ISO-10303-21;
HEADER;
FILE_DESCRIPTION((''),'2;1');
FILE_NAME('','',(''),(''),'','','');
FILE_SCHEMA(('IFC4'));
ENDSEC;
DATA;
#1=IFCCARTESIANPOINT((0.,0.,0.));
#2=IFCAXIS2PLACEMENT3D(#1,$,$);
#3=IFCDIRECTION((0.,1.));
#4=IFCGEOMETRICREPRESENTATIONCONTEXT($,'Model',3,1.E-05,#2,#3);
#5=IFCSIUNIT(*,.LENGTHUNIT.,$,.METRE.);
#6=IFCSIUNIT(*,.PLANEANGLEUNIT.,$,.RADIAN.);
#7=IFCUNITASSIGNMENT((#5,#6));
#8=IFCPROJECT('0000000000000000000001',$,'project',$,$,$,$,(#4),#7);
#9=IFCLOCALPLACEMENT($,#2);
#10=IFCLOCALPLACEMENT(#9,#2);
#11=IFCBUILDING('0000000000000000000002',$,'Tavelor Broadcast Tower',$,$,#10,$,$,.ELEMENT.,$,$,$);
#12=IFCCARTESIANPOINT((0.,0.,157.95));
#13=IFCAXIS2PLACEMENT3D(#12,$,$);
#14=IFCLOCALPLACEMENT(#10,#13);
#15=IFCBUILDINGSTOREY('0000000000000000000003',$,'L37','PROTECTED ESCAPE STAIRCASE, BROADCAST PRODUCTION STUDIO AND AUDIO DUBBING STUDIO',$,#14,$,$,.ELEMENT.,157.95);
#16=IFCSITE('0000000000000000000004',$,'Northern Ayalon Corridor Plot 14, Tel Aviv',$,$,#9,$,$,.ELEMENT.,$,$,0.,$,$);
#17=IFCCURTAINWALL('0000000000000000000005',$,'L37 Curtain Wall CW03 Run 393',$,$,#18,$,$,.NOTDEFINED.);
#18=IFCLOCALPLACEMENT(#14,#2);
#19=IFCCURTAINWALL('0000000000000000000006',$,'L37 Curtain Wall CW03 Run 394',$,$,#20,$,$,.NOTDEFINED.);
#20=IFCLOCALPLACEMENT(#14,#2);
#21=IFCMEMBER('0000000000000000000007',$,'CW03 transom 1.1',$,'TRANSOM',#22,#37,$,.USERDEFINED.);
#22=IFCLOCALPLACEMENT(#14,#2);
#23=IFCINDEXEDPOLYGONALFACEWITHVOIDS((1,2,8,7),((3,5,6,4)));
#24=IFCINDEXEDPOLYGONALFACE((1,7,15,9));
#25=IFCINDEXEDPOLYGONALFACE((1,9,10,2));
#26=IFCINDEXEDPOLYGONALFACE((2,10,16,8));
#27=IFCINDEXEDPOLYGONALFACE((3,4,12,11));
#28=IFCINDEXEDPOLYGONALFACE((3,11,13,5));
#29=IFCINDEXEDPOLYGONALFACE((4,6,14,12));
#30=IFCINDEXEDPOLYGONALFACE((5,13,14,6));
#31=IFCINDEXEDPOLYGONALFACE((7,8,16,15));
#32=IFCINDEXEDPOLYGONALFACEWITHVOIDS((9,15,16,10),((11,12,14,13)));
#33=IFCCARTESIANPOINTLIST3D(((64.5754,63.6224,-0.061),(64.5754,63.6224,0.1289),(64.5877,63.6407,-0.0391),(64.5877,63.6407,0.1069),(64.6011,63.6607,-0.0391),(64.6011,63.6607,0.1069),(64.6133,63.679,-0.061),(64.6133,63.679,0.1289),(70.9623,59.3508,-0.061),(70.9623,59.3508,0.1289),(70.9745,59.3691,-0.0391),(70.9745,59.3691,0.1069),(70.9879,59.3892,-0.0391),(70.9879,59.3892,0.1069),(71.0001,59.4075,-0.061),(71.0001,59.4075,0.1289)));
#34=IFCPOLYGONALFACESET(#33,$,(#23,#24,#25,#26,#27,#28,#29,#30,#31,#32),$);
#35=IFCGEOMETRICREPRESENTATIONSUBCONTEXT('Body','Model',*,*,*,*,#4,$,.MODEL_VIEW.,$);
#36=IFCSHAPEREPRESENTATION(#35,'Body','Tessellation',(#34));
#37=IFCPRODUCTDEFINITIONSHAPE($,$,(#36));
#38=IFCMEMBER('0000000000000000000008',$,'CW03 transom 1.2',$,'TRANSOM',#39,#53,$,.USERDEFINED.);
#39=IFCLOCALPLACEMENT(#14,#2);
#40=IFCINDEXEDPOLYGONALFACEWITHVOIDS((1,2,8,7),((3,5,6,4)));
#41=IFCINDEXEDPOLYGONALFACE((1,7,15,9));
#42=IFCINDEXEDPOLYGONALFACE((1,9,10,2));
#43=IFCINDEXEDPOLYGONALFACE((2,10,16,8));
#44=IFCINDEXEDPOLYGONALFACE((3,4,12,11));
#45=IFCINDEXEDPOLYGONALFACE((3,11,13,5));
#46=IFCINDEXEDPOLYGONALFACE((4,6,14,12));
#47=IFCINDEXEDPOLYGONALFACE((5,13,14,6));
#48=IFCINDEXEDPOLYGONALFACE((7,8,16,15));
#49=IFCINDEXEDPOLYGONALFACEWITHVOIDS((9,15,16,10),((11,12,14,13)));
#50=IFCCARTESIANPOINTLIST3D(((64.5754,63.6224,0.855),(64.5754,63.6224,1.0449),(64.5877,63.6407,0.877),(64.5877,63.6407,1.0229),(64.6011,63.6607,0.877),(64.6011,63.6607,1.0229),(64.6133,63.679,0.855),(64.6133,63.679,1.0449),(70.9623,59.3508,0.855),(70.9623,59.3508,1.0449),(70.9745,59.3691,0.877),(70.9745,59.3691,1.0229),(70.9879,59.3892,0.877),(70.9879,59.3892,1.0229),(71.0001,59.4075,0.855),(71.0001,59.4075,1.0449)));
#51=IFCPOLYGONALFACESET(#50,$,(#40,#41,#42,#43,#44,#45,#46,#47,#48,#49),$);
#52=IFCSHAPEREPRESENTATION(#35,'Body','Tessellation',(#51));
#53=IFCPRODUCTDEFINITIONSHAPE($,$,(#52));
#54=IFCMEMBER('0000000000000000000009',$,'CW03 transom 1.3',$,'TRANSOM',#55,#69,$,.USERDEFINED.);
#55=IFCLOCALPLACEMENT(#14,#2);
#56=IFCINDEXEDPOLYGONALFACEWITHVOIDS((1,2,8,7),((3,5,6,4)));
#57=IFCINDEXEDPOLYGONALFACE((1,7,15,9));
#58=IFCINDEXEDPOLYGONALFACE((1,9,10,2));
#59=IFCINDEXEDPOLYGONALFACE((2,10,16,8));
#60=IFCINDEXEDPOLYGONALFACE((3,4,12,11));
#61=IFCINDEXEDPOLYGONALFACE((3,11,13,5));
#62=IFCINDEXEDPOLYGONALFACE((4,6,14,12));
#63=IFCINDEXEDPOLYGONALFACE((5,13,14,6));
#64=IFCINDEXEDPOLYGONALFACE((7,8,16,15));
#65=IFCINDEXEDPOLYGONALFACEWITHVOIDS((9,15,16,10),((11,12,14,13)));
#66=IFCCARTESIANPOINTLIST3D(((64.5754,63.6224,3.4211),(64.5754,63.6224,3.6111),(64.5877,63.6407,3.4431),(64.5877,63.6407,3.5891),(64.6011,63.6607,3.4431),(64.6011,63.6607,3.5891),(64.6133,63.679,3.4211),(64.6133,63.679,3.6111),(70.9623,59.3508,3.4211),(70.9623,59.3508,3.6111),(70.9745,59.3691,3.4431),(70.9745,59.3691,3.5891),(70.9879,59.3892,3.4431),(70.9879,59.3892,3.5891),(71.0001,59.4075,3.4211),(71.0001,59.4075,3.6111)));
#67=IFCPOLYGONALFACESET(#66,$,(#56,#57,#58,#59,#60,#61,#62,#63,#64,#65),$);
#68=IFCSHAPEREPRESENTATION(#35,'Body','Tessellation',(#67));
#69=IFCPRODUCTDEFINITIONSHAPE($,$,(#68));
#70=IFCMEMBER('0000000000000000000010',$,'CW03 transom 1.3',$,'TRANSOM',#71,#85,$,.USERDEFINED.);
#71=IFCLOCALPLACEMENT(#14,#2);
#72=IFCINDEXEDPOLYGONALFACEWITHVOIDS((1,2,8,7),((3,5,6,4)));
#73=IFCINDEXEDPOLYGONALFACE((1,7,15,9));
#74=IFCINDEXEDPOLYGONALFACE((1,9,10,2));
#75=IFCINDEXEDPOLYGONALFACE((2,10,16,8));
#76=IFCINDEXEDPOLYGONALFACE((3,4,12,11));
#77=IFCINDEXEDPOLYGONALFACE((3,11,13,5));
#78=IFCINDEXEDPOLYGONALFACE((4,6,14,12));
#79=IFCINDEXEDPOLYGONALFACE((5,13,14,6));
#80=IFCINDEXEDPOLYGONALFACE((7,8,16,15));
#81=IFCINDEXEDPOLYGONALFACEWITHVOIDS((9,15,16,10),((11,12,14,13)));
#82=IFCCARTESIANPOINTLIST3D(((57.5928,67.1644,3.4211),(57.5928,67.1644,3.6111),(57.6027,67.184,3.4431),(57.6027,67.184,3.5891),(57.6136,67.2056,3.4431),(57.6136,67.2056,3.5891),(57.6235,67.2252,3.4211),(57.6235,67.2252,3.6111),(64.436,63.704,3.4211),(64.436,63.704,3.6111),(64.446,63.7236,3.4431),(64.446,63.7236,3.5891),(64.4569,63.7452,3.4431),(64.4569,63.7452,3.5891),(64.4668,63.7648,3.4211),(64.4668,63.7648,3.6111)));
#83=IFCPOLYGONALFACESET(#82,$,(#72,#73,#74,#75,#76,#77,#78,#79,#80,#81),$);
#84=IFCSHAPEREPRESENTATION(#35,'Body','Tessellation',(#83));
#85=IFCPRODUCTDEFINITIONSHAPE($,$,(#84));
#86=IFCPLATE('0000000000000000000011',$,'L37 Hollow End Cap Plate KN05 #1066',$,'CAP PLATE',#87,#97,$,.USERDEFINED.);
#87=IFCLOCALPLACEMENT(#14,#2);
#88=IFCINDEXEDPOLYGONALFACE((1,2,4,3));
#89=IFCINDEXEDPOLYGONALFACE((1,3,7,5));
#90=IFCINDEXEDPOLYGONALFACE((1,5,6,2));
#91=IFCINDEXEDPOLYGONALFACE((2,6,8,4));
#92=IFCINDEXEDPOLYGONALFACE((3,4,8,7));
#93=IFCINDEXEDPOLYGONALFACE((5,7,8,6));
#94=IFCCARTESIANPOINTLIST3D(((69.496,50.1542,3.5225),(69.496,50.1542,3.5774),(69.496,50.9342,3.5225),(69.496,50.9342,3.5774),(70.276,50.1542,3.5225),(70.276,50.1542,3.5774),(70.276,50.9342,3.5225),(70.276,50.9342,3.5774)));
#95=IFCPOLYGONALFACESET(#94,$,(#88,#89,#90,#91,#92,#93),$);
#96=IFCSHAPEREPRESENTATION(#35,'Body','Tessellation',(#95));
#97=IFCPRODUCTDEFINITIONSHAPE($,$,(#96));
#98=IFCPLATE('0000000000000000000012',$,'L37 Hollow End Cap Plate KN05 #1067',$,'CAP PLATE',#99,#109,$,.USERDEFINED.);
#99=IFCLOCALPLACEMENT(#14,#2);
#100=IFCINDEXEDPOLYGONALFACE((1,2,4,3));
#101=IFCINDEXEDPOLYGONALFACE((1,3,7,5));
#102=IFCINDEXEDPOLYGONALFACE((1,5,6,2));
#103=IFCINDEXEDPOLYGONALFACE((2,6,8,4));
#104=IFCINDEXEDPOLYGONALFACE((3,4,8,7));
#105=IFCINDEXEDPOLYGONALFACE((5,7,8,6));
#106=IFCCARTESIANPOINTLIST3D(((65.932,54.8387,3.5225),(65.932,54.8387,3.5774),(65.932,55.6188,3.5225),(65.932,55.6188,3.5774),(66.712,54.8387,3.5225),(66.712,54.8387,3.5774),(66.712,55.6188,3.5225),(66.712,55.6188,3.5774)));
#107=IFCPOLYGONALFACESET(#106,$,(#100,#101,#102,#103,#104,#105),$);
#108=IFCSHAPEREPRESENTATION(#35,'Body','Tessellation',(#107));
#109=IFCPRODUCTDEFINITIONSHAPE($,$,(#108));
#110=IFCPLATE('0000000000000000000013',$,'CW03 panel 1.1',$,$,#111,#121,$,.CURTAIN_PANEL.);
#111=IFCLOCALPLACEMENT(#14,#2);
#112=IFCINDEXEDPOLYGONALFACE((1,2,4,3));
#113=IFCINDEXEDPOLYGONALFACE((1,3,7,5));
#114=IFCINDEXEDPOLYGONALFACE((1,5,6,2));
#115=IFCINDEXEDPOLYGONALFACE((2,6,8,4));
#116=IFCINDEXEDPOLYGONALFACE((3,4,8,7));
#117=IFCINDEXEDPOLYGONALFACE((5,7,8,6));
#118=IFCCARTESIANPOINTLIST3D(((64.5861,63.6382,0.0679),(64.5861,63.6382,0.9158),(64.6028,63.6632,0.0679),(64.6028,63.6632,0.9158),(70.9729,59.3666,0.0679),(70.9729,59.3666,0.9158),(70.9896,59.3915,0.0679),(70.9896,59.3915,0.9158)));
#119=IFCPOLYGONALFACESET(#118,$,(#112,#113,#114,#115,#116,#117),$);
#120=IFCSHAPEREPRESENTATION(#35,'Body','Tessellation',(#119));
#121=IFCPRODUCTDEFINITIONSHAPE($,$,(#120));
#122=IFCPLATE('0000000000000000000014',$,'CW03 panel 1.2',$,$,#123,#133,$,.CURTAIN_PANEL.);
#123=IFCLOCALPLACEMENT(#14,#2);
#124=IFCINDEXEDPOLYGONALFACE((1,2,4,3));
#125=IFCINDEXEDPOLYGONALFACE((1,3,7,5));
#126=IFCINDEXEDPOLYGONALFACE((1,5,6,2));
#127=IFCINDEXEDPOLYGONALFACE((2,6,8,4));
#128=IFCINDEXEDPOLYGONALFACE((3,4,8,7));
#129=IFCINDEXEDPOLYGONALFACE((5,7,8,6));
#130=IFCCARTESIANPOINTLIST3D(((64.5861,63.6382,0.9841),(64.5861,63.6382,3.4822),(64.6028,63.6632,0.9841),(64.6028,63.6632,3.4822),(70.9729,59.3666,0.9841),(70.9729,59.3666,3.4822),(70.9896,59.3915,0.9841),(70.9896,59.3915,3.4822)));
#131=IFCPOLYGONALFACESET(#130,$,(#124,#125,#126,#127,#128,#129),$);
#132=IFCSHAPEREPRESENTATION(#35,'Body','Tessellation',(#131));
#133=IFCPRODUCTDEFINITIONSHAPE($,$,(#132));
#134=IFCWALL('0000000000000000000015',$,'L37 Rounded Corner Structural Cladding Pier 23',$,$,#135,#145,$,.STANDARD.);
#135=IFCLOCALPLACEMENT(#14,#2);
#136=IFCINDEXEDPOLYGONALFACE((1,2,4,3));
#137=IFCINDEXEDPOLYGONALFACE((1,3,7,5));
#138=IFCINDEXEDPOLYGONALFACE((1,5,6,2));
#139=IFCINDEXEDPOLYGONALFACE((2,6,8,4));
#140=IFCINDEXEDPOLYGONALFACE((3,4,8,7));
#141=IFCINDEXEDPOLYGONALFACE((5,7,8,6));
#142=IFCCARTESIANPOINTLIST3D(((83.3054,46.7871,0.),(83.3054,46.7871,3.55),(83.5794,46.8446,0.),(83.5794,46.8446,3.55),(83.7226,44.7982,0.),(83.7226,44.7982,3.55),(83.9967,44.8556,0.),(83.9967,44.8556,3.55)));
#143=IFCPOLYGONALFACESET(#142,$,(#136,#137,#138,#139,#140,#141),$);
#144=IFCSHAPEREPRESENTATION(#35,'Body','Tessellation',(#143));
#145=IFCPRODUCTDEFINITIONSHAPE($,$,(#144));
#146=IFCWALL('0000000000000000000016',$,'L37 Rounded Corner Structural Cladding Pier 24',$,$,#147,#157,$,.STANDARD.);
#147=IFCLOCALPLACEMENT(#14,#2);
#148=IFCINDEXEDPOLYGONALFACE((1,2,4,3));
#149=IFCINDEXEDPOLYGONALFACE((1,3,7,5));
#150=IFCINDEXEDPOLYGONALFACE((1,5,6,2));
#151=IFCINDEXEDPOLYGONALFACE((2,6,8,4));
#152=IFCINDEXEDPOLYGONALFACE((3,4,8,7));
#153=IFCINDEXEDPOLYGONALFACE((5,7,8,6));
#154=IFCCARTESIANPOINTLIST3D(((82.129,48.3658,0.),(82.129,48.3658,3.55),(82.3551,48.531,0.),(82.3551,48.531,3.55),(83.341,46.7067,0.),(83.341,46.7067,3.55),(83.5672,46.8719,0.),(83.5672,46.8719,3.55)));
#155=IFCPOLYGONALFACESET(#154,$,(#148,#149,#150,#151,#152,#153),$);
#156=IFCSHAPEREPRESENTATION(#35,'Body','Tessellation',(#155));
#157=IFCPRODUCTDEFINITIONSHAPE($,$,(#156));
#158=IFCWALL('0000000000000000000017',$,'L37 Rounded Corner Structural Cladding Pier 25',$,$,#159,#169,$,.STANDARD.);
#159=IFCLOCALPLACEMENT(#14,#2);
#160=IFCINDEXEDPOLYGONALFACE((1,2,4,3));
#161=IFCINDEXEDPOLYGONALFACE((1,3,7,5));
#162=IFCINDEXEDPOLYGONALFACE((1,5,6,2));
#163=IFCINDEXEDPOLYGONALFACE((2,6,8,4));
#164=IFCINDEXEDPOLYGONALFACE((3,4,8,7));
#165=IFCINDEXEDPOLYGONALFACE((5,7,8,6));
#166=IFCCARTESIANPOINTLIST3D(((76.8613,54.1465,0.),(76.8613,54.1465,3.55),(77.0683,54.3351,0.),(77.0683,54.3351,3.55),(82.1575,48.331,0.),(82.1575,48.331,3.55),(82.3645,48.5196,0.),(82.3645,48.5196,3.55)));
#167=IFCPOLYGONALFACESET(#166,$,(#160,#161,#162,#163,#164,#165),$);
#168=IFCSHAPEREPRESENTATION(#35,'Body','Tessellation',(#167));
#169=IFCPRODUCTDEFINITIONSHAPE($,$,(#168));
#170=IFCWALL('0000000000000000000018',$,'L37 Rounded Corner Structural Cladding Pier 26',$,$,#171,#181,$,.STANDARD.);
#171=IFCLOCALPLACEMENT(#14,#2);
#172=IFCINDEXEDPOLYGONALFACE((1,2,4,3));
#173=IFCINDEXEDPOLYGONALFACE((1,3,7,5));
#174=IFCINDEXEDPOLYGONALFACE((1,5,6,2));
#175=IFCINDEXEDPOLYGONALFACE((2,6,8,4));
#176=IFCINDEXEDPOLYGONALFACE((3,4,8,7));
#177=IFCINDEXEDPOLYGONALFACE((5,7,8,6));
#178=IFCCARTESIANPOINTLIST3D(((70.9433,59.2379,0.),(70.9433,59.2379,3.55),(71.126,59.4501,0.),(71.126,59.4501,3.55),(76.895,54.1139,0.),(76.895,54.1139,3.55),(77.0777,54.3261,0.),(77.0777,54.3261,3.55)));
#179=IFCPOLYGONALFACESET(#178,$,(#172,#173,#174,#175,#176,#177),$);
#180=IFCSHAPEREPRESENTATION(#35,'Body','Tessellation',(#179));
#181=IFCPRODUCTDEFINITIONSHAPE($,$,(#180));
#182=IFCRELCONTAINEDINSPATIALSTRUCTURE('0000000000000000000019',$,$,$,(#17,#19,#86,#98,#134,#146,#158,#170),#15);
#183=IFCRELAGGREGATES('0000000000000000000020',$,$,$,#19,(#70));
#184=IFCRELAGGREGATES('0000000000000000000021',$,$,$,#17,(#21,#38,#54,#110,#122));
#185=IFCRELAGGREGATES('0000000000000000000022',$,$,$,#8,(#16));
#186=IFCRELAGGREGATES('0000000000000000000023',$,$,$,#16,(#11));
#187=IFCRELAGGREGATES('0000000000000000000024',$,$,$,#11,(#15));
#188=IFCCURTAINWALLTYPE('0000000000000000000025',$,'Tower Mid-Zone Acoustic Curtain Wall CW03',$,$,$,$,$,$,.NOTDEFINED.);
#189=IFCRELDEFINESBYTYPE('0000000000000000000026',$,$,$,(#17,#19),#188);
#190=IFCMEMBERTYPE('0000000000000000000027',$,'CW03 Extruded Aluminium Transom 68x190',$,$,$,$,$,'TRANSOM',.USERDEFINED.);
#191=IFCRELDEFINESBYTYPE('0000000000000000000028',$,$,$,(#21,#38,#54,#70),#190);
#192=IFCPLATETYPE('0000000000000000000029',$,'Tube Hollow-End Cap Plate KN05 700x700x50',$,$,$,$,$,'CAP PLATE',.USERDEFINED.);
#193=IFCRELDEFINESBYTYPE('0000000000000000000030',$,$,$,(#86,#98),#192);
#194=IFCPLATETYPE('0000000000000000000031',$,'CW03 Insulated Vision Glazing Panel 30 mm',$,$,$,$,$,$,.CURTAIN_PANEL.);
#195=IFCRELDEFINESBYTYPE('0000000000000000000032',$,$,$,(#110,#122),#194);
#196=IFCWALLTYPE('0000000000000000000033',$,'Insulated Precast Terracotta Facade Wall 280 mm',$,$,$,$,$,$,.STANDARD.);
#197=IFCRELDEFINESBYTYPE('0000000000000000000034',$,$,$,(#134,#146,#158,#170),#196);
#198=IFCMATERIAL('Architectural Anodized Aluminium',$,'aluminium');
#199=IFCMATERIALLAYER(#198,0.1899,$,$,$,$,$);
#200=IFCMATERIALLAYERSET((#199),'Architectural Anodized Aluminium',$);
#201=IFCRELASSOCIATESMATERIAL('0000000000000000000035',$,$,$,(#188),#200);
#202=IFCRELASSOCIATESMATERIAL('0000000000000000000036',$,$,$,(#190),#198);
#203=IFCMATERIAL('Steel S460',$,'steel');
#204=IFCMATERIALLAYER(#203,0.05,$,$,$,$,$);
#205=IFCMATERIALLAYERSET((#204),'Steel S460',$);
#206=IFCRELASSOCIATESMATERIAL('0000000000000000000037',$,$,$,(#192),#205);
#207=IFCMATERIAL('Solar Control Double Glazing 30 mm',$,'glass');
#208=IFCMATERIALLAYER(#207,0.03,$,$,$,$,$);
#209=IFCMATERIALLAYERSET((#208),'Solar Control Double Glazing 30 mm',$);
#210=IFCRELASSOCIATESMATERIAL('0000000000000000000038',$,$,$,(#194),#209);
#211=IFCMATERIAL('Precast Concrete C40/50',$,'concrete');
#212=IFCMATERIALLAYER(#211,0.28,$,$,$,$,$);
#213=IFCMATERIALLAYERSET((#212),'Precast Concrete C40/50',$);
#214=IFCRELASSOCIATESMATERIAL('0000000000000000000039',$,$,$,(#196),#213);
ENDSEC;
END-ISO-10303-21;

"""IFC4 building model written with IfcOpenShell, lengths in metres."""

from ifc_helpers import new_model, si_unit, direction, frame, frame_2d, origin, origin_2d, place, context, subcontext, project, spatial, rectangle, hollow_rectangle, extrude, source, transform, mapped, material, layer, layer_set, material_profile, profile_set, type_object, type_shapes, element, aggregate, save


model = new_model("IFC4")

# Units and contexts
model_context = context("Model", 3, precision=1e-05, world=origin(), true_north=direction((0.0, 1.0)))
body_context = subcontext(model_context, "Body", "Model", "MODEL_VIEW")
ifc_project = project(units=[si_unit("LENGTHUNIT", "METRE"), si_unit("PLANEANGLEUNIT", "RADIAN")], contexts=[model_context])

# Site, building, storey
site_placement = place(None, origin())
site = spatial("IfcSite", under=ifc_project, at=site_placement, Name="Northern Ayalon Corridor Plot 14, Tel Aviv", CompositionType="ELEMENT", RefElevation=0.0)
building_placement = place(site_placement, origin())
building = spatial("IfcBuilding", under=site, at=building_placement, Name="Tavelor Broadcast Tower", CompositionType="ELEMENT")
storey_placement = place(building_placement, frame((0.0, 0.0, 157.95)))
storey = spatial("IfcBuildingStorey", under=building, at=storey_placement, Name="L37", Description="PROTECTED ESCAPE STAIRCASE, BROADCAST PRODUCTION STUDIO AND AUDIO DUBBING STUDIO", CompositionType="ELEMENT", Elevation=157.95)

# Shared definitions
ifc_material_1 = material(Name="Steel S460", Category="steel")

# Curtain wall
ifc_material_2 = material(Name="Architectural Anodized Aluminium", Category="aluminium")
ifc_layer_1 = layer(ifc_material_2, 0.1899)
ifc_layer_set_1 = layer_set([ifc_layer_1], Name="Architectural Anodized Aluminium")
curtain_wall_type = type_object("IfcCurtainWallType", Name="Tower Mid-Zone Acoustic Curtain Wall CW03", PredefinedType="NOTDEFINED", material=ifc_layer_set_1)
curtain_wall_1_placement = place(storey_placement, origin())
curtain_wall_1 = element("IfcCurtainWall", 1, at=curtain_wall_1_placement, inside=storey, type_object=curtain_wall_type, Name="L37 Curtain Wall CW03 Run 393", PredefinedType="NOTDEFINED")

# Curtain wall
curtain_wall_2_placement = place(storey_placement, origin())
curtain_wall_2 = element("IfcCurtainWall", 2, at=curtain_wall_2_placement, inside=storey, type_object=curtain_wall_type, Name="L37 Curtain Wall CW03 Run 394", PredefinedType="NOTDEFINED")

# Members
ifc_material_profile_1 = material_profile(ifc_material_2, hollow_rectangle(XDim=0.0681, YDim=0.1899, WallThickness=0.022, at=origin_2d()), Name="RHS 68x190x22")
ifc_profile_set_1 = profile_set([ifc_material_profile_1], Name="Architectural Anodized Aluminium")
member_type_1 = type_object("IfcMemberType", Name="CW03 Extruded Aluminium Transom 68x190", ElementType="TRANSOM", PredefinedType="USERDEFINED", material=ifc_profile_set_1)
shared_shape_1 = source(origin(), body_context, "Body", "SweptSolid", [
    extrude(hollow_rectangle(XDim=0.0681, YDim=0.1899, WallThickness=0.022, at=origin_2d()), origin(), (0.0, 0.0, 1.0), 7.6836),
])
member_1_placement = place(storey_placement, frame((70.9812, 59.3792, 0.0339), z_axis=(-0.831228, 0.555931, 0.0), x_axis=(-0.555931, -0.831228, 0.0)))
member_1 = element("IfcMember", 3, at=member_1_placement, type_object=member_type_1, Name="CW03 transom 1.1", ObjectType="TRANSOM", PredefinedType="USERDEFINED", context=body_context, shape_type="MappedRepresentation", body=[
    mapped(shared_shape_1, transform((0.0, 0.0, 0.0), scale=1.0)),
])
member_2_placement = place(storey_placement, frame((70.9812, 59.3792, 0.95), z_axis=(-0.831228, 0.555931, 0.0), x_axis=(-0.555931, -0.831228, 0.0)))
member_2 = element("IfcMember", 4, at=member_2_placement, type_object=member_type_1, Name="CW03 transom 1.2", ObjectType="TRANSOM", PredefinedType="USERDEFINED", context=body_context, shape_type="MappedRepresentation", body=[
    mapped(shared_shape_1, transform((0.0, 0.0, 0.0), scale=1.0)),
])
member_3_placement = place(storey_placement, frame((70.9812, 59.3792, 3.5161), z_axis=(-0.831228, 0.555931, 0.0), x_axis=(-0.555931, -0.831228, 0.0)))
member_3 = element("IfcMember", 5, at=member_3_placement, type_object=member_type_1, Name="CW03 transom 1.3", ObjectType="TRANSOM", PredefinedType="USERDEFINED", context=body_context, shape_type="MappedRepresentation", body=[
    mapped(shared_shape_1, transform((0.0, 0.0, 0.0), scale=1.0)),
])
shared_shape_2 = source(origin(), body_context, "Body", "SweptSolid", [
    extrude(hollow_rectangle(XDim=0.0681, YDim=0.1899, WallThickness=0.022, at=origin_2d()), origin(), (0.0, 0.0, 1.0), 7.6685),
])
type_shapes(member_type_1, [shared_shape_1, shared_shape_2])
member_4_placement = place(storey_placement, frame((64.4514, 63.7344, 3.5161), z_axis=(-0.892393, 0.451259, 0.0), x_axis=(-0.451259, -0.892393, 0.0)))
member_4 = element("IfcMember", 6, at=member_4_placement, type_object=member_type_1, Name="CW03 transom 1.3", ObjectType="TRANSOM", PredefinedType="USERDEFINED", context=body_context, shape_type="MappedRepresentation", body=[
    mapped(shared_shape_2, transform((0.0, 0.0, 0.0), scale=1.0)),
])
aggregate(curtain_wall_2, [member_4])

# Plates
ifc_layer_2 = layer(ifc_material_1, 0.05)
ifc_layer_set_2 = layer_set([ifc_layer_2], Name="Steel S460")
plate_type_1 = type_object("IfcPlateType", Name="Tube Hollow-End Cap Plate KN05 700x700x50", ElementType="CAP PLATE", PredefinedType="USERDEFINED", material=ifc_layer_set_2)
shared_shape_3 = source(origin(), body_context, "Body", "SweptSolid", [
    extrude(rectangle(XDim=0.78, YDim=0.78, at=origin_2d()), origin(), (0.0, 0.0, 1.0), 0.0549),
])
type_shapes(plate_type_1, [shared_shape_3])
for number, where, z_axis, x_axis, name in (
    (7, (69.886, 50.5442, 3.5225), (0.0, 0.0, 1.0), (1.0, 0.0, 0.0), "L37 Hollow End Cap Plate KN05 #1066"),
    (8, (66.322, 55.2288, 3.5225), (0.0, 0.0, 1.0), (1.0, 0.0, 0.0), "L37 Hollow End Cap Plate KN05 #1067"),
):
    element("IfcPlate", number, at=place(storey_placement, frame(where, z_axis=z_axis, x_axis=x_axis)), inside=storey, type_object=plate_type_1, Name=name, ObjectType="CAP PLATE", PredefinedType="USERDEFINED", context=body_context, shape_type="MappedRepresentation", body=[
        mapped(shared_shape_3, transform((0.0, 0.0, 0.0), scale=1.0)),
    ])

# Plates
ifc_material_3 = material(Name="Solar Control Double Glazing 30 mm", Category="glass")
ifc_layer_3 = layer(ifc_material_3, 0.03)
ifc_layer_set_3 = layer_set([ifc_layer_3], Name="Solar Control Double Glazing 30 mm")
plate_type_2 = type_object("IfcPlateType", Name="CW03 Insulated Vision Glazing Panel 30 mm", PredefinedType="CURTAIN_PANEL", material=ifc_layer_set_3)
shared_shape_4 = source(origin(), body_context, "Body", "SweptSolid", [
    extrude(rectangle(XDim=7.6836, YDim=0.03, at=origin_2d()), origin(), (0.0, 0.0, 1.0), 0.8479),
])
plate_1_placement = place(storey_placement, frame((67.7878, 61.5149, 0.0679), z_axis=(0.0, 0.0, 1.0), x_axis=(-0.831219, 0.555945, 0.0)))
plate_1 = element("IfcPlate", 9, at=plate_1_placement, type_object=plate_type_2, Name="CW03 panel 1.1", PredefinedType="CURTAIN_PANEL", context=body_context, shape_type="MappedRepresentation", body=[
    mapped(shared_shape_4, transform((0.0, 0.0, 0.0), scale=1.0)),
])
shared_shape_5 = source(origin(), body_context, "Body", "SweptSolid", [
    extrude(rectangle(XDim=7.6836, YDim=0.03, at=origin_2d()), origin(), (0.0, 0.0, 1.0), 2.498),
])
type_shapes(plate_type_2, [shared_shape_4, shared_shape_5])
plate_2_placement = place(storey_placement, frame((67.7878, 61.5149, 0.9841), z_axis=(0.0, 0.0, 1.0), x_axis=(-0.831219, 0.555945, 0.0)))
plate_2 = element("IfcPlate", 10, at=plate_2_placement, type_object=plate_type_2, Name="CW03 panel 1.2", PredefinedType="CURTAIN_PANEL", context=body_context, shape_type="MappedRepresentation", body=[
    mapped(shared_shape_5, transform((0.0, 0.0, 0.0), scale=1.0)),
])
aggregate(curtain_wall_1, [member_1, member_2, member_3, plate_1, plate_2])

# Walls
ifc_material_4 = material(Name="Precast Concrete C40/50", Category="concrete")
ifc_layer_4 = layer(ifc_material_4, 0.28)
ifc_layer_set_4 = layer_set([ifc_layer_4], Name="Precast Concrete C40/50")
wall_type = type_object("IfcWallType", Name="Insulated Precast Terracotta Facade Wall 280 mm", PredefinedType="STANDARD", material=ifc_layer_set_4)
wall_1_placement = place(storey_placement, frame((83.8596, 44.8269, 0.0), z_axis=(0.0, 0.0, 1.0), x_axis=(-0.205302, 0.978699, 0.0)))
element("IfcWall", 11, at=wall_1_placement, inside=storey, type_object=wall_type, Name="L37 Rounded Corner Structural Cladding Pier 23", PredefinedType="STANDARD", context=body_context, shape_type="SweptSolid", body=[
    extrude(rectangle(XDim=2.0322, YDim=0.28, at=frame_2d((1.0161, 0.0))), origin(), (0.0, 0.0, 1.0), 3.55),
])
wall_2_placement = place(storey_placement, frame((83.4541, 46.7893, 0.0), z_axis=(0.0, 0.0, 1.0), x_axis=(-0.589915, 0.807465, 0.0)))
element("IfcWall", 12, at=wall_2_placement, inside=storey, type_object=wall_type, Name="L37 Rounded Corner Structural Cladding Pier 24", PredefinedType="STANDARD", context=body_context, shape_type="SweptSolid", body=[
    extrude(rectangle(XDim=2.0547, YDim=0.28, at=frame_2d((1.0273, 0.0))), origin(), (0.0, 0.0, 1.0), 3.55),
])
wall_3_placement = place(storey_placement, frame((82.261, 48.4253, 0.0), z_axis=(0.0, 0.0, 1.0), x_axis=(-0.673326, 0.739346, 0.0)))
element("IfcWall", 13, at=wall_3_placement, inside=storey, type_object=wall_type, Name="L37 Rounded Corner Structural Cladding Pier 25", PredefinedType="STANDARD", context=body_context, shape_type="SweptSolid", body=[
    extrude(rectangle(XDim=7.8657, YDim=0.28, at=frame_2d((3.9329, 0.0))), origin(), (0.0, 0.0, 1.0), 3.55),
])
wall_4_placement = place(storey_placement, frame((76.9863, 54.22, 0.0), z_axis=(0.0, 0.0, 1.0), x_axis=(-0.757833, 0.652449, 0.0)))
element("IfcWall", 14, at=wall_4_placement, inside=storey, type_object=wall_type, Name="L37 Rounded Corner Structural Cladding Pier 26", PredefinedType="STANDARD", context=body_context, shape_type="SweptSolid", body=[
    extrude(rectangle(XDim=7.8535, YDim=0.28, at=frame_2d((3.9268, 0.0))), origin(), (0.0, 0.0, 1.0), 3.55),
])

save(model, "model.ifc")
